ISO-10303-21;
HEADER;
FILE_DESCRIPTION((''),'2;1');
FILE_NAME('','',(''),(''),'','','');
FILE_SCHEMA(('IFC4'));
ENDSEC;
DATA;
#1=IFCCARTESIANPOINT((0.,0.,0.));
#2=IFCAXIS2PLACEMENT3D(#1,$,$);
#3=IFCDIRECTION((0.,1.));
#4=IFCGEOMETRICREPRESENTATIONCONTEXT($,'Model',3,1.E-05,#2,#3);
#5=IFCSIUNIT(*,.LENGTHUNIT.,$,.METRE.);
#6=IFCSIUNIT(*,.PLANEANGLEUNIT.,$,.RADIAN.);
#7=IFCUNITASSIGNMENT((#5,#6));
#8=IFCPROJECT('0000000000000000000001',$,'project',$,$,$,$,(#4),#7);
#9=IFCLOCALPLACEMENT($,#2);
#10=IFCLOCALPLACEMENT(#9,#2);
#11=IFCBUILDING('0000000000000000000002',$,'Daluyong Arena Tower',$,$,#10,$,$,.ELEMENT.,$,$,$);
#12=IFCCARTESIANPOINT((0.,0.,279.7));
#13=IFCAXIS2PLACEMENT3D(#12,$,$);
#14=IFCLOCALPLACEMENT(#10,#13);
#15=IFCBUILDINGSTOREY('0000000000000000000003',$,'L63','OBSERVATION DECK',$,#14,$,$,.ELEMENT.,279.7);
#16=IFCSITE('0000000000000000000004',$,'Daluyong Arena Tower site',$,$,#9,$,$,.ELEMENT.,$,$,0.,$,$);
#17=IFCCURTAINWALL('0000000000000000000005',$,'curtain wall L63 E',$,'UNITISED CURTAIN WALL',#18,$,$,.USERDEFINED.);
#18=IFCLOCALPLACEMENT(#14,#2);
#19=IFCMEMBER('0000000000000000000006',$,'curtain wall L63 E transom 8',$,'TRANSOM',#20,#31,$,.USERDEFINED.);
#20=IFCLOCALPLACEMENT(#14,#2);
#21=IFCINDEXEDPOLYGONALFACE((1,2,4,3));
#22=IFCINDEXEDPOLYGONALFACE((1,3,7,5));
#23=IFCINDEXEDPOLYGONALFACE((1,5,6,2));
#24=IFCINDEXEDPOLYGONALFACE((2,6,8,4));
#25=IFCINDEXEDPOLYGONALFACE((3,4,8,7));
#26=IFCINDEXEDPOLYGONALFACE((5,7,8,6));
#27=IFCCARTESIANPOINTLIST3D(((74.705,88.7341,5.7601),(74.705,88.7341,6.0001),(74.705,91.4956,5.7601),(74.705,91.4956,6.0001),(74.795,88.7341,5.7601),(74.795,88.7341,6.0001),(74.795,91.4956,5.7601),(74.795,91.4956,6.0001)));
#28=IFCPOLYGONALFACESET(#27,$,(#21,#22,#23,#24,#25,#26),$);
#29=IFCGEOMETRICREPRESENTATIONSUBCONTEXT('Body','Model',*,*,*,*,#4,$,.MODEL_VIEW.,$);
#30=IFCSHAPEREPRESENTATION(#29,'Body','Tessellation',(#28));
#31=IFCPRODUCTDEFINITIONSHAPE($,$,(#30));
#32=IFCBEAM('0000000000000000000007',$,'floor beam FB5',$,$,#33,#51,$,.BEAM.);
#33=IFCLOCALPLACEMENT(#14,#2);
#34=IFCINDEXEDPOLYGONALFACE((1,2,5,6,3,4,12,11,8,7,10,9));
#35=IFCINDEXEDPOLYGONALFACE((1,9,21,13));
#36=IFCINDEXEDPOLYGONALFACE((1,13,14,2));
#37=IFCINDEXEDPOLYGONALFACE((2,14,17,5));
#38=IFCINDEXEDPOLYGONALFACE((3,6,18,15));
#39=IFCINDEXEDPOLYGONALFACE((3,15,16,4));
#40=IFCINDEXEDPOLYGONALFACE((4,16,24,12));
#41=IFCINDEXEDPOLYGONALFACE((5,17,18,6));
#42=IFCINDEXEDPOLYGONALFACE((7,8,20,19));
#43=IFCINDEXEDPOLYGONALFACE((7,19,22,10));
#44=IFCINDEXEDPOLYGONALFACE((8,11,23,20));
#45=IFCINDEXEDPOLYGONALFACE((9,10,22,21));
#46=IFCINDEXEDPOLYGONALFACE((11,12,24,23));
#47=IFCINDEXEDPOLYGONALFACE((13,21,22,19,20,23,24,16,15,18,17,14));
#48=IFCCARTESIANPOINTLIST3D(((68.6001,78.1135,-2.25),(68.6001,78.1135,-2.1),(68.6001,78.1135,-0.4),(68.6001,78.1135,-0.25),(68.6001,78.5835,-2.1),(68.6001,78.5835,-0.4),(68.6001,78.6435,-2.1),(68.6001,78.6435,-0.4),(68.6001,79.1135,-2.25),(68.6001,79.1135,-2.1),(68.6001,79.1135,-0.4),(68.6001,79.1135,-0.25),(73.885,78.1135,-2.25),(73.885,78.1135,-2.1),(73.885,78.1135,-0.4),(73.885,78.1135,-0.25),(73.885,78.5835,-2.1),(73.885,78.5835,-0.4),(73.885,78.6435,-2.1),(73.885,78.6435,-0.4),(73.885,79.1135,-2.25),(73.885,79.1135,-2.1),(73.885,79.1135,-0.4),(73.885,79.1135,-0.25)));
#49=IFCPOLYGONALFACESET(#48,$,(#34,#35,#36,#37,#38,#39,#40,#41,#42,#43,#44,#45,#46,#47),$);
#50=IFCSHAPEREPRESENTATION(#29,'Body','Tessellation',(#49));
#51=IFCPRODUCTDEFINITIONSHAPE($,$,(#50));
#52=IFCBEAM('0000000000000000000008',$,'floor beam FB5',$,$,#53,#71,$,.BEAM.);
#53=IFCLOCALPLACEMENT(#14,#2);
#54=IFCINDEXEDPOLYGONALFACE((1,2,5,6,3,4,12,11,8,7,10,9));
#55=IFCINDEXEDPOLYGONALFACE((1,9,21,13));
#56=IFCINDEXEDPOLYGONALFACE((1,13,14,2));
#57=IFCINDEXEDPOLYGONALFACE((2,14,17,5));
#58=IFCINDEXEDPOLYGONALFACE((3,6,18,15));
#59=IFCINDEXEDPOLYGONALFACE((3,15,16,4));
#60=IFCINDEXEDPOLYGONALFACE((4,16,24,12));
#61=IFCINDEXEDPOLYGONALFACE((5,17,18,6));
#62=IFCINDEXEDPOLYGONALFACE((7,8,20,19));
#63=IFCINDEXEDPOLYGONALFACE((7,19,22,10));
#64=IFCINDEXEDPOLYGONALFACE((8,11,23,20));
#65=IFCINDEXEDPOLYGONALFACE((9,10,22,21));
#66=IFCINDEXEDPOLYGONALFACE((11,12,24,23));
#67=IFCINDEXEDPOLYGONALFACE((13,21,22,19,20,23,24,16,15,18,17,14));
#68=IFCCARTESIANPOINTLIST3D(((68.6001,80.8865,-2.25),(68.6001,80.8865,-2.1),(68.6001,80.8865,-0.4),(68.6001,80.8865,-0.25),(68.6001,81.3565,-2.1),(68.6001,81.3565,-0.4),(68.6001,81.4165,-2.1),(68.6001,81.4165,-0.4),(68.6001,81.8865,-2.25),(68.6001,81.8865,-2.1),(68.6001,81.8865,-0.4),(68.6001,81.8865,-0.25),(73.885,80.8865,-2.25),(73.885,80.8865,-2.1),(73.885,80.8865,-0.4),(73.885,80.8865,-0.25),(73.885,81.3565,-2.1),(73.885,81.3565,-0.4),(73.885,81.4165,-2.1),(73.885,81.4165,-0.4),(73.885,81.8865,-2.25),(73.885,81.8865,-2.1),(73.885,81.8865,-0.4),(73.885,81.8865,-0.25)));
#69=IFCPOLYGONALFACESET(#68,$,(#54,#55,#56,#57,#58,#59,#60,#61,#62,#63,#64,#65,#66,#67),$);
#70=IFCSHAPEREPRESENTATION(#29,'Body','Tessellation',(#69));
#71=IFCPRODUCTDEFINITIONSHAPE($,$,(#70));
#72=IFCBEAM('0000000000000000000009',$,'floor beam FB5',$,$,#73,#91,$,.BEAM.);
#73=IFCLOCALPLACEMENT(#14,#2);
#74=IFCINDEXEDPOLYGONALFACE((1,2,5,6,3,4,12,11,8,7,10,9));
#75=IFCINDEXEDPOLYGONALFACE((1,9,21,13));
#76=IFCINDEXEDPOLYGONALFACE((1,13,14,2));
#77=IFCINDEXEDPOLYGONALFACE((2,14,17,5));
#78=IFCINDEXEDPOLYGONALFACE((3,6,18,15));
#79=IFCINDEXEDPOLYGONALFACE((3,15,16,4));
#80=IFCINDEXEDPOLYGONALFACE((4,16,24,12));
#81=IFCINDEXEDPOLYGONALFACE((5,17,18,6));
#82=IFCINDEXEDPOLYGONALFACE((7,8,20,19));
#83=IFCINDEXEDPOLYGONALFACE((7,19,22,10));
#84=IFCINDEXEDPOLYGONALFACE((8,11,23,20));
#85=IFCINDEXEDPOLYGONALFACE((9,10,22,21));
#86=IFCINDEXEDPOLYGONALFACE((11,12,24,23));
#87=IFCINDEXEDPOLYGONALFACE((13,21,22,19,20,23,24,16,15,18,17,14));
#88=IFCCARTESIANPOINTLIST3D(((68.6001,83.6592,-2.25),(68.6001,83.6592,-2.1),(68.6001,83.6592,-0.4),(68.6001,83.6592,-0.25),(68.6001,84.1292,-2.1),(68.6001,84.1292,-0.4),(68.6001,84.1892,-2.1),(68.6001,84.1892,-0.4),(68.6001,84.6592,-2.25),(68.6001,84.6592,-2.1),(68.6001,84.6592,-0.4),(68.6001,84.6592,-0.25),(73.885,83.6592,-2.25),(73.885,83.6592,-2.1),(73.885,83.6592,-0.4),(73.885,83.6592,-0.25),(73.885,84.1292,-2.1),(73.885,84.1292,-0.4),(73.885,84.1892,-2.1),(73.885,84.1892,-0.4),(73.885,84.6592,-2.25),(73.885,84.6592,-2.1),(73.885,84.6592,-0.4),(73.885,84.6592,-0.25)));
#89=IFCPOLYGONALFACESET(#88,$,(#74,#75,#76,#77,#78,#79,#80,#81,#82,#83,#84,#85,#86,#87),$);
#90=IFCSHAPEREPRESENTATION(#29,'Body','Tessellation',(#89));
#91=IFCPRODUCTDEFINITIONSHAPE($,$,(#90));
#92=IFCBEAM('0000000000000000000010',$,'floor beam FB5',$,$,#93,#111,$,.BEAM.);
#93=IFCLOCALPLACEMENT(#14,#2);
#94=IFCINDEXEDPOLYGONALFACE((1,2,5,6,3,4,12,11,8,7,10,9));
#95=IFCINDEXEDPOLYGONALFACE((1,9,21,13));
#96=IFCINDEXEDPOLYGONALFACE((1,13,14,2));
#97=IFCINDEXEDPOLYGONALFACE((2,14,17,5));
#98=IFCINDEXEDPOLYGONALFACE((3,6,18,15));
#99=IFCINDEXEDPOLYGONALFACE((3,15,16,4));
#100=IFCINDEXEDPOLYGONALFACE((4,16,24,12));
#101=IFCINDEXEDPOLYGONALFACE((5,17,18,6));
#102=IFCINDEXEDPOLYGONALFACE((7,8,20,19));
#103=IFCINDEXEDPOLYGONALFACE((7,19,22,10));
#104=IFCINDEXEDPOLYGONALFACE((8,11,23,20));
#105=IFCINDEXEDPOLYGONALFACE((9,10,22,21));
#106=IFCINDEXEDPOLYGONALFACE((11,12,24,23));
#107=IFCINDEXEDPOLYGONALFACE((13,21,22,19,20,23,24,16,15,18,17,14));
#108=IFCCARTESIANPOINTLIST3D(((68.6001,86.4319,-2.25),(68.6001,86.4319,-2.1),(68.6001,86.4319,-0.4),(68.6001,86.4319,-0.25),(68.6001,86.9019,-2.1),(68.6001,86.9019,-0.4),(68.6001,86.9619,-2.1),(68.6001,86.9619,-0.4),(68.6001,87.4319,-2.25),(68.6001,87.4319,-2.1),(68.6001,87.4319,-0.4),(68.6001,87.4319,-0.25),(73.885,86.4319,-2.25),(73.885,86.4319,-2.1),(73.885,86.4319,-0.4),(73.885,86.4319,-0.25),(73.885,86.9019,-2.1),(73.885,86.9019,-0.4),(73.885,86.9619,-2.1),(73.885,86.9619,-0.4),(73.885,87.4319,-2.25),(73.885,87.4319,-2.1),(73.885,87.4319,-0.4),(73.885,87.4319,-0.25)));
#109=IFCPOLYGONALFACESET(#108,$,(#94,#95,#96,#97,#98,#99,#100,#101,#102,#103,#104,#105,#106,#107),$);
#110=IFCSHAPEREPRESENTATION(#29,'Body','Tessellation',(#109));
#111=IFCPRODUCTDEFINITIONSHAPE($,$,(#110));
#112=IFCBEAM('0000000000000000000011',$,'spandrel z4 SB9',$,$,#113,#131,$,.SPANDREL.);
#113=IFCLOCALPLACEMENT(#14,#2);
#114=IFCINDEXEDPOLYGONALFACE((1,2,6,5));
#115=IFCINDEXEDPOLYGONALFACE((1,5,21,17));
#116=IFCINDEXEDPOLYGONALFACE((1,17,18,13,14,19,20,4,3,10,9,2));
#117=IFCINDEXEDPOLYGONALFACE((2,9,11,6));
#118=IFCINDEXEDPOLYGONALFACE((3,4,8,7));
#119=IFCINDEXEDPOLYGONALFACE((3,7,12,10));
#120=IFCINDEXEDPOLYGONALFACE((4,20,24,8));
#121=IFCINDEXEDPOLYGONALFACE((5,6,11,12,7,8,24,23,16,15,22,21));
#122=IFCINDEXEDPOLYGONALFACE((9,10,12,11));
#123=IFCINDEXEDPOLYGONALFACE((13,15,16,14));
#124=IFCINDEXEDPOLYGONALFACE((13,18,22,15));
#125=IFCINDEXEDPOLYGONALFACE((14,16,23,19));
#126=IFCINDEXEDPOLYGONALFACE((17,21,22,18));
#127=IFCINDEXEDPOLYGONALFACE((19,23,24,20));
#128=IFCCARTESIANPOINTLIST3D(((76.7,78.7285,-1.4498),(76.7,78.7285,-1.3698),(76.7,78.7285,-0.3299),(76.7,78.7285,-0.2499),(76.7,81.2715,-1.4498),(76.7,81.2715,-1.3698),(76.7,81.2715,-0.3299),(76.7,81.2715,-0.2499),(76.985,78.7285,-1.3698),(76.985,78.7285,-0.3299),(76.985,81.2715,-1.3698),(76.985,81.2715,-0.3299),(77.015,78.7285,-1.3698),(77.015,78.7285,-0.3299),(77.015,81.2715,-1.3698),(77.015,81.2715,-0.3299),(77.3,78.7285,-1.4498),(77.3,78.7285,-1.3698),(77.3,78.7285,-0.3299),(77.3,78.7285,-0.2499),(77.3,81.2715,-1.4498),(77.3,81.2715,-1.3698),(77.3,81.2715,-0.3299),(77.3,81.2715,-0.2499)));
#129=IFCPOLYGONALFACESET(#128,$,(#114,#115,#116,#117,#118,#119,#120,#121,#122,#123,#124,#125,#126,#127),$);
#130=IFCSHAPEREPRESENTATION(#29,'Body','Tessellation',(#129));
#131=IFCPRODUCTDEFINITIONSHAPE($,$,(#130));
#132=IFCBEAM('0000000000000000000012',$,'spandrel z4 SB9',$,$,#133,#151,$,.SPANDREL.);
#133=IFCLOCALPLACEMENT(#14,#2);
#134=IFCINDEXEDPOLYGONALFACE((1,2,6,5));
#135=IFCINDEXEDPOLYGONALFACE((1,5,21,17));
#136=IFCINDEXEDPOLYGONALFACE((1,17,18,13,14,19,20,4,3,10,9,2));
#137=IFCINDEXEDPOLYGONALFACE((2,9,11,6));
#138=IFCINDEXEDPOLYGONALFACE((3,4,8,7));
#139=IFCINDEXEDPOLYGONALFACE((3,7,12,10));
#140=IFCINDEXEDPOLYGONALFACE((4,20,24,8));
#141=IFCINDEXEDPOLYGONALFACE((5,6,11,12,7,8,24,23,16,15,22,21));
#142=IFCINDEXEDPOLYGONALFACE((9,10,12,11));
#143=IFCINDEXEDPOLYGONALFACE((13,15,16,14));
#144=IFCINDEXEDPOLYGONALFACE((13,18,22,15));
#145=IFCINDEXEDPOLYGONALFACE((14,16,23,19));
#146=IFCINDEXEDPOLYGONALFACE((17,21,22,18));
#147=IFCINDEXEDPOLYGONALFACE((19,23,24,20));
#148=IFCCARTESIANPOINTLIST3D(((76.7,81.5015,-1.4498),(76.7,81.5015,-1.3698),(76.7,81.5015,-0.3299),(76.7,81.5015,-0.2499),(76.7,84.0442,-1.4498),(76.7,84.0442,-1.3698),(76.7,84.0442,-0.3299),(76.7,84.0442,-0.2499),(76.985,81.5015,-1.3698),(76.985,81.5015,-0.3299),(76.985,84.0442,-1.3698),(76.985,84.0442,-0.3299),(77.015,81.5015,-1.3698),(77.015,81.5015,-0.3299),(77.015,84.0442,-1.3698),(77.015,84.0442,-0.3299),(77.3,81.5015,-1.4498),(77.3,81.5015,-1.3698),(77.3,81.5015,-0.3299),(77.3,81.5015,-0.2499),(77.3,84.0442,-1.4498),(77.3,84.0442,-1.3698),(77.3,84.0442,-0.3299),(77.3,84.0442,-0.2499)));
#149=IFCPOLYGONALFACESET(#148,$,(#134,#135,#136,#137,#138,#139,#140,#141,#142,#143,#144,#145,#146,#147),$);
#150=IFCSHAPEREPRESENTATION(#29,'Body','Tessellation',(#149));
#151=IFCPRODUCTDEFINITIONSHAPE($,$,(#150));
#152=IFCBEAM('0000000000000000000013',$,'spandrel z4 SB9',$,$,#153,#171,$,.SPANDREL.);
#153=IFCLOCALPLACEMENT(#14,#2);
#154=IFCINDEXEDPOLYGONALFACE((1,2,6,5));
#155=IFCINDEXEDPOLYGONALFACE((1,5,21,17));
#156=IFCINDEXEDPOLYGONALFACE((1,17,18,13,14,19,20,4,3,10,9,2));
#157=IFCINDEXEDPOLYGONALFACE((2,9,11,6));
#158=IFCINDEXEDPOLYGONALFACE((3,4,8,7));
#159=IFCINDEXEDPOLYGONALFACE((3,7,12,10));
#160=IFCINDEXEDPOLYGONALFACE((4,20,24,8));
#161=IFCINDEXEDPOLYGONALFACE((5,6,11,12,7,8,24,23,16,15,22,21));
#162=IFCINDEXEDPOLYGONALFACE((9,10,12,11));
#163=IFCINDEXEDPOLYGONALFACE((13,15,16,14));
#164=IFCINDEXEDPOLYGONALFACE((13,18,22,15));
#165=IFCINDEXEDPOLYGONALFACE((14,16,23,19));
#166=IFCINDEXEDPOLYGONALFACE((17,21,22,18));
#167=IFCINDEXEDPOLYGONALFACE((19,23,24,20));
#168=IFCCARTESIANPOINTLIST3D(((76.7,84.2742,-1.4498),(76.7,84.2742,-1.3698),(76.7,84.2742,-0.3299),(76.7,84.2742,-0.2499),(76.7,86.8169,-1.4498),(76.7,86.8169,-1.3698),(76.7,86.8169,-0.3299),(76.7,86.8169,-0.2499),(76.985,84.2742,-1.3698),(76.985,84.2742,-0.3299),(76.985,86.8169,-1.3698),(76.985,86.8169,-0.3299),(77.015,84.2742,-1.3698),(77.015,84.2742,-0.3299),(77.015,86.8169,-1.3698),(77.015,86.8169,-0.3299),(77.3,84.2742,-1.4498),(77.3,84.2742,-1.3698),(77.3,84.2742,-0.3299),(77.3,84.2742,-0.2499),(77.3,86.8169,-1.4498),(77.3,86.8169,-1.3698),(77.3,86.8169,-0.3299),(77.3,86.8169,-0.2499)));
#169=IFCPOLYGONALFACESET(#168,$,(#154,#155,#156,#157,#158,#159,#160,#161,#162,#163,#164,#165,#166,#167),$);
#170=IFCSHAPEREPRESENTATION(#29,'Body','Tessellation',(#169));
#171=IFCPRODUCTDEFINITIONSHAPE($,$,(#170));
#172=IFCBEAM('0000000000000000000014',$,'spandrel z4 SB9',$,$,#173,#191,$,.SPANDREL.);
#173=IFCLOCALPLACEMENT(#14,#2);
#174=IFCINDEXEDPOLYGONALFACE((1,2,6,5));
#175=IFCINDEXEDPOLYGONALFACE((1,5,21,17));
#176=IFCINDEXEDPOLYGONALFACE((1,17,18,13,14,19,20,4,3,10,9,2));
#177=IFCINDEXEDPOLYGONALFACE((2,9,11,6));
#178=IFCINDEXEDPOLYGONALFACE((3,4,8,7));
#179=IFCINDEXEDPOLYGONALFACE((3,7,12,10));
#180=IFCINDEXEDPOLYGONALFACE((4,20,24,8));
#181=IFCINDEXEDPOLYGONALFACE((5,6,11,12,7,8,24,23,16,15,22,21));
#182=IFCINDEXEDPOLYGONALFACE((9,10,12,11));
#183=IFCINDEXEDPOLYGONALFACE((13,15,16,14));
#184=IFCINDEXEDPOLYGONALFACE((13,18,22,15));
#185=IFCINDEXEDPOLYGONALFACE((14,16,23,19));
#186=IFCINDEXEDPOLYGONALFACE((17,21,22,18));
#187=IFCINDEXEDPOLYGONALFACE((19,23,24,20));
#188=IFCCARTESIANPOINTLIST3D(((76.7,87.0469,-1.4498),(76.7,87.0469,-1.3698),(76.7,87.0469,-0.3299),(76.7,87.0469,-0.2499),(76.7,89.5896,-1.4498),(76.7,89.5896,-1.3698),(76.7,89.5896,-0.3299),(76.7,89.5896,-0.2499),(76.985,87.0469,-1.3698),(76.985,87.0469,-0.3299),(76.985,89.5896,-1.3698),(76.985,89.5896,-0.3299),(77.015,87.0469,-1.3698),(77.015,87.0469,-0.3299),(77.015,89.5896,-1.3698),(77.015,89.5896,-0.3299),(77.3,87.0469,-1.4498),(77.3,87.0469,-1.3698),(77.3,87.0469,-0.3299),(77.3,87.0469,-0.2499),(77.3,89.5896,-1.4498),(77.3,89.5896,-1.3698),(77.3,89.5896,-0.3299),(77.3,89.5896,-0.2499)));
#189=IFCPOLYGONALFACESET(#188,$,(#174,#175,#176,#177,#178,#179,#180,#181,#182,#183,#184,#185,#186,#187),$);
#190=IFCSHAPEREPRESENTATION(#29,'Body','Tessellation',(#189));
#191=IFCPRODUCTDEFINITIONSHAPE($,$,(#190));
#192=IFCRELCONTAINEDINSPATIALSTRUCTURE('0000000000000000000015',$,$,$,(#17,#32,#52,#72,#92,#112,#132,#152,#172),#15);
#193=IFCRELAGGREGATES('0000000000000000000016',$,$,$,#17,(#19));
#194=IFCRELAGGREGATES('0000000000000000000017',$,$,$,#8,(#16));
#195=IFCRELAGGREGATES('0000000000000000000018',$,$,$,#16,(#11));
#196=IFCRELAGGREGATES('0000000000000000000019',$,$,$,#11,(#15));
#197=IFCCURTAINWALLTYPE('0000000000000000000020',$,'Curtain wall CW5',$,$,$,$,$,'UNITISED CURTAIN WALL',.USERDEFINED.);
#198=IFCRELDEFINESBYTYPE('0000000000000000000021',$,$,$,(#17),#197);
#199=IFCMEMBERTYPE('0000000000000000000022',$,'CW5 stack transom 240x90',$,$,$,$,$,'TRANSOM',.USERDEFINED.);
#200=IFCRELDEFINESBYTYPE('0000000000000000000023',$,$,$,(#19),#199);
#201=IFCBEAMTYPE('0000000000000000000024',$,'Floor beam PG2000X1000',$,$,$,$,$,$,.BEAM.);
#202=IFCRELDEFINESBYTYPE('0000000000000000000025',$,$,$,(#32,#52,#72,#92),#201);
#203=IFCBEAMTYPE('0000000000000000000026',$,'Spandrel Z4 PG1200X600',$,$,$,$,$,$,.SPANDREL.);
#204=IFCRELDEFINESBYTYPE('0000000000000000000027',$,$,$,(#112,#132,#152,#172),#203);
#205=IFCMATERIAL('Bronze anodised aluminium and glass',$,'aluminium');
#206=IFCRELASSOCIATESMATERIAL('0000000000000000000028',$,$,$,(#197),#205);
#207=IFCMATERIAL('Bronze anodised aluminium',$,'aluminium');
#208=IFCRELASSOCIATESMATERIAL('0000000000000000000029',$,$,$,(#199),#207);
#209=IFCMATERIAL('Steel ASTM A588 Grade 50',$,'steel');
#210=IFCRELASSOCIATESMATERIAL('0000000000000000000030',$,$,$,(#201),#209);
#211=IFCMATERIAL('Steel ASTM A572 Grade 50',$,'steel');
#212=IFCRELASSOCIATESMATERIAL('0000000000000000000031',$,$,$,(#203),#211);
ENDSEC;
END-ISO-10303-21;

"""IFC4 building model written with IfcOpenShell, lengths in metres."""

from ifc_helpers import new_model, si_unit, direction, frame, origin, origin_2d, place, context, subcontext, project, spatial, rectangle, i_section, extrude, material, material_profile, profile_set, type_object, element, aggregate, save


model = new_model("IFC4")

# Units and contexts
model_context = context("Model", 3, precision=1e-05, world=origin(), true_north=direction((0.0, 1.0)))
body_context = subcontext(model_context, "Body", "Model", "MODEL_VIEW")
ifc_project = project(units=[si_unit("LENGTHUNIT", "METRE"), si_unit("PLANEANGLEUNIT", "RADIAN")], contexts=[model_context])

# Site, building, storey
site_placement = place(None, origin())
site = spatial("IfcSite", under=ifc_project, at=site_placement, Name="Daluyong Arena Tower site", CompositionType="ELEMENT", RefElevation=0.0)
building_placement = place(site_placement, origin())
building = spatial("IfcBuilding", under=site, at=building_placement, Name="Daluyong Arena Tower", CompositionType="ELEMENT")
storey_placement = place(building_placement, frame((0.0, 0.0, 279.7)))
storey = spatial("IfcBuildingStorey", under=building, at=storey_placement, Name="L63", Description="OBSERVATION DECK", CompositionType="ELEMENT", Elevation=279.7)

# Curtain wall, member
ifc_material_1 = material(Name="Bronze anodised aluminium and glass", Category="aluminium")
curtain_wall_type = type_object("IfcCurtainWallType", Name="Curtain wall CW5", ElementType="UNITISED CURTAIN WALL", PredefinedType="USERDEFINED", material=ifc_material_1)
curtain_wall_placement = place(storey_placement, origin())
curtain_wall = element("IfcCurtainWall", 1, at=curtain_wall_placement, inside=storey, type_object=curtain_wall_type, Name="curtain wall L63 E", ObjectType="UNITISED CURTAIN WALL", PredefinedType="USERDEFINED")
ifc_material_2 = material(Name="Bronze anodised aluminium", Category="aluminium")
ifc_material_profile_1 = material_profile(ifc_material_2, rectangle(XDim=0.0901, YDim=0.24, at=origin_2d()))
ifc_profile_set_1 = profile_set([ifc_material_profile_1], Name="Bronze anodised aluminium")
member_type_1 = type_object("IfcMemberType", Name="CW5 stack transom 240x90", ElementType="TRANSOM", PredefinedType="USERDEFINED", material=ifc_profile_set_1)
member_1_placement = place(storey_placement, frame((74.75, 88.7341, 5.8801), z_axis=(0.0, 1.0, 0.0), x_axis=(-1.0, 0.0, 0.0)))
member_1 = element("IfcMember", 2, at=member_1_placement, type_object=member_type_1, Name="curtain wall L63 E transom 8", ObjectType="TRANSOM", PredefinedType="USERDEFINED", context=body_context, shape_type="SweptSolid", body=[
    extrude(rectangle(XDim=0.0901, YDim=0.24, at=origin_2d()), origin(), (0.0, 0.0, 1.0), 2.7615),
])

# Beams
ifc_material_3 = material(Name="Steel ASTM A588 Grade 50", Category="steel")
ifc_material_profile_2 = material_profile(ifc_material_3, i_section(OverallWidth=1.0, OverallDepth=2.0, WebThickness=0.06, FlangeThickness=0.15, at=origin_2d()))
ifc_profile_set_2 = profile_set([ifc_material_profile_2], Name="Steel ASTM A588 Grade 50")
beam_type_1 = type_object("IfcBeamType", Name="Floor beam PG2000X1000", PredefinedType="BEAM", material=ifc_profile_set_2)
for number, where, z_axis, x_axis, name in (
    (3, (73.885, 78.6135, -1.25), (-1.0, 0.0, 0.0), (0.0, -1.0, 0.0), "floor beam FB5"),
    (4, (73.885, 81.3865, -1.25), (-1.0, 0.0, 0.0), (0.0, -1.0, 0.0), "floor beam FB5"),
    (5, (73.885, 84.1592, -1.25), (-1.0, 0.0, 0.0), (0.0, -1.0, 0.0), "floor beam FB5"),
    (6, (73.885, 86.9319, -1.25), (-1.0, 0.0, 0.0), (0.0, -1.0, 0.0), "floor beam FB5"),
):
    element("IfcBeam", number, at=place(storey_placement, frame(where, z_axis=z_axis, x_axis=x_axis)), inside=storey, type_object=beam_type_1, Name=name, PredefinedType="BEAM", context=body_context, shape_type="SweptSolid", body=[
        extrude(i_section(OverallWidth=1.0, OverallDepth=2.0, WebThickness=0.06, FlangeThickness=0.15, at=origin_2d()), origin(), (0.0, 0.0, 1.0), 5.2849),
    ])
ifc_material_4 = material(Name="Steel ASTM A572 Grade 50", Category="steel")
ifc_material_profile_3 = material_profile(ifc_material_4, i_section(OverallWidth=0.6001, OverallDepth=1.2, WebThickness=0.03, FlangeThickness=0.08, at=origin_2d()))
ifc_profile_set_3 = profile_set([ifc_material_profile_3], Name="Steel ASTM A572 Grade 50")
beam_type_2 = type_object("IfcBeamType", Name="Spandrel Z4 PG1200X600", PredefinedType="SPANDREL", material=ifc_profile_set_3)
beam_1_placement = place(storey_placement, frame((77.0, 78.7285, -0.8499), z_axis=(0.0, 1.0, 0.0), x_axis=(-1.0, 0.0, 0.0)))
element("IfcBeam", 7, at=beam_1_placement, inside=storey, type_object=beam_type_2, Name="spandrel z4 SB9", PredefinedType="SPANDREL", context=body_context, shape_type="SweptSolid", body=[
    extrude(i_section(OverallWidth=0.6001, OverallDepth=1.2, WebThickness=0.03, FlangeThickness=0.08, at=origin_2d()), origin(), (0.0, 0.0, 1.0), 2.543),
])
for number, where, z_axis, x_axis, name in (
    (8, (77.0, 81.5015, -0.8499), (0.0, 1.0, 0.0), (-1.0, 0.0, 0.0), "spandrel z4 SB9"),
    (9, (77.0, 84.2742, -0.8499), (0.0, 1.0, 0.0), (-1.0, 0.0, 0.0), "spandrel z4 SB9"),
    (10, (77.0, 87.0469, -0.8499), (0.0, 1.0, 0.0), (-1.0, 0.0, 0.0), "spandrel z4 SB9"),
):
    element("IfcBeam", number, at=place(storey_placement, frame(where, z_axis=z_axis, x_axis=x_axis)), inside=storey, type_object=beam_type_2, Name=name, PredefinedType="SPANDREL", context=body_context, shape_type="SweptSolid", body=[
        extrude(i_section(OverallWidth=0.6001, OverallDepth=1.2, WebThickness=0.03, FlangeThickness=0.08, at=origin_2d()), origin(), (0.0, 0.0, 1.0), 2.5427),
    ])

aggregate(curtain_wall, [member_1])

save(model, "model.ifc")
